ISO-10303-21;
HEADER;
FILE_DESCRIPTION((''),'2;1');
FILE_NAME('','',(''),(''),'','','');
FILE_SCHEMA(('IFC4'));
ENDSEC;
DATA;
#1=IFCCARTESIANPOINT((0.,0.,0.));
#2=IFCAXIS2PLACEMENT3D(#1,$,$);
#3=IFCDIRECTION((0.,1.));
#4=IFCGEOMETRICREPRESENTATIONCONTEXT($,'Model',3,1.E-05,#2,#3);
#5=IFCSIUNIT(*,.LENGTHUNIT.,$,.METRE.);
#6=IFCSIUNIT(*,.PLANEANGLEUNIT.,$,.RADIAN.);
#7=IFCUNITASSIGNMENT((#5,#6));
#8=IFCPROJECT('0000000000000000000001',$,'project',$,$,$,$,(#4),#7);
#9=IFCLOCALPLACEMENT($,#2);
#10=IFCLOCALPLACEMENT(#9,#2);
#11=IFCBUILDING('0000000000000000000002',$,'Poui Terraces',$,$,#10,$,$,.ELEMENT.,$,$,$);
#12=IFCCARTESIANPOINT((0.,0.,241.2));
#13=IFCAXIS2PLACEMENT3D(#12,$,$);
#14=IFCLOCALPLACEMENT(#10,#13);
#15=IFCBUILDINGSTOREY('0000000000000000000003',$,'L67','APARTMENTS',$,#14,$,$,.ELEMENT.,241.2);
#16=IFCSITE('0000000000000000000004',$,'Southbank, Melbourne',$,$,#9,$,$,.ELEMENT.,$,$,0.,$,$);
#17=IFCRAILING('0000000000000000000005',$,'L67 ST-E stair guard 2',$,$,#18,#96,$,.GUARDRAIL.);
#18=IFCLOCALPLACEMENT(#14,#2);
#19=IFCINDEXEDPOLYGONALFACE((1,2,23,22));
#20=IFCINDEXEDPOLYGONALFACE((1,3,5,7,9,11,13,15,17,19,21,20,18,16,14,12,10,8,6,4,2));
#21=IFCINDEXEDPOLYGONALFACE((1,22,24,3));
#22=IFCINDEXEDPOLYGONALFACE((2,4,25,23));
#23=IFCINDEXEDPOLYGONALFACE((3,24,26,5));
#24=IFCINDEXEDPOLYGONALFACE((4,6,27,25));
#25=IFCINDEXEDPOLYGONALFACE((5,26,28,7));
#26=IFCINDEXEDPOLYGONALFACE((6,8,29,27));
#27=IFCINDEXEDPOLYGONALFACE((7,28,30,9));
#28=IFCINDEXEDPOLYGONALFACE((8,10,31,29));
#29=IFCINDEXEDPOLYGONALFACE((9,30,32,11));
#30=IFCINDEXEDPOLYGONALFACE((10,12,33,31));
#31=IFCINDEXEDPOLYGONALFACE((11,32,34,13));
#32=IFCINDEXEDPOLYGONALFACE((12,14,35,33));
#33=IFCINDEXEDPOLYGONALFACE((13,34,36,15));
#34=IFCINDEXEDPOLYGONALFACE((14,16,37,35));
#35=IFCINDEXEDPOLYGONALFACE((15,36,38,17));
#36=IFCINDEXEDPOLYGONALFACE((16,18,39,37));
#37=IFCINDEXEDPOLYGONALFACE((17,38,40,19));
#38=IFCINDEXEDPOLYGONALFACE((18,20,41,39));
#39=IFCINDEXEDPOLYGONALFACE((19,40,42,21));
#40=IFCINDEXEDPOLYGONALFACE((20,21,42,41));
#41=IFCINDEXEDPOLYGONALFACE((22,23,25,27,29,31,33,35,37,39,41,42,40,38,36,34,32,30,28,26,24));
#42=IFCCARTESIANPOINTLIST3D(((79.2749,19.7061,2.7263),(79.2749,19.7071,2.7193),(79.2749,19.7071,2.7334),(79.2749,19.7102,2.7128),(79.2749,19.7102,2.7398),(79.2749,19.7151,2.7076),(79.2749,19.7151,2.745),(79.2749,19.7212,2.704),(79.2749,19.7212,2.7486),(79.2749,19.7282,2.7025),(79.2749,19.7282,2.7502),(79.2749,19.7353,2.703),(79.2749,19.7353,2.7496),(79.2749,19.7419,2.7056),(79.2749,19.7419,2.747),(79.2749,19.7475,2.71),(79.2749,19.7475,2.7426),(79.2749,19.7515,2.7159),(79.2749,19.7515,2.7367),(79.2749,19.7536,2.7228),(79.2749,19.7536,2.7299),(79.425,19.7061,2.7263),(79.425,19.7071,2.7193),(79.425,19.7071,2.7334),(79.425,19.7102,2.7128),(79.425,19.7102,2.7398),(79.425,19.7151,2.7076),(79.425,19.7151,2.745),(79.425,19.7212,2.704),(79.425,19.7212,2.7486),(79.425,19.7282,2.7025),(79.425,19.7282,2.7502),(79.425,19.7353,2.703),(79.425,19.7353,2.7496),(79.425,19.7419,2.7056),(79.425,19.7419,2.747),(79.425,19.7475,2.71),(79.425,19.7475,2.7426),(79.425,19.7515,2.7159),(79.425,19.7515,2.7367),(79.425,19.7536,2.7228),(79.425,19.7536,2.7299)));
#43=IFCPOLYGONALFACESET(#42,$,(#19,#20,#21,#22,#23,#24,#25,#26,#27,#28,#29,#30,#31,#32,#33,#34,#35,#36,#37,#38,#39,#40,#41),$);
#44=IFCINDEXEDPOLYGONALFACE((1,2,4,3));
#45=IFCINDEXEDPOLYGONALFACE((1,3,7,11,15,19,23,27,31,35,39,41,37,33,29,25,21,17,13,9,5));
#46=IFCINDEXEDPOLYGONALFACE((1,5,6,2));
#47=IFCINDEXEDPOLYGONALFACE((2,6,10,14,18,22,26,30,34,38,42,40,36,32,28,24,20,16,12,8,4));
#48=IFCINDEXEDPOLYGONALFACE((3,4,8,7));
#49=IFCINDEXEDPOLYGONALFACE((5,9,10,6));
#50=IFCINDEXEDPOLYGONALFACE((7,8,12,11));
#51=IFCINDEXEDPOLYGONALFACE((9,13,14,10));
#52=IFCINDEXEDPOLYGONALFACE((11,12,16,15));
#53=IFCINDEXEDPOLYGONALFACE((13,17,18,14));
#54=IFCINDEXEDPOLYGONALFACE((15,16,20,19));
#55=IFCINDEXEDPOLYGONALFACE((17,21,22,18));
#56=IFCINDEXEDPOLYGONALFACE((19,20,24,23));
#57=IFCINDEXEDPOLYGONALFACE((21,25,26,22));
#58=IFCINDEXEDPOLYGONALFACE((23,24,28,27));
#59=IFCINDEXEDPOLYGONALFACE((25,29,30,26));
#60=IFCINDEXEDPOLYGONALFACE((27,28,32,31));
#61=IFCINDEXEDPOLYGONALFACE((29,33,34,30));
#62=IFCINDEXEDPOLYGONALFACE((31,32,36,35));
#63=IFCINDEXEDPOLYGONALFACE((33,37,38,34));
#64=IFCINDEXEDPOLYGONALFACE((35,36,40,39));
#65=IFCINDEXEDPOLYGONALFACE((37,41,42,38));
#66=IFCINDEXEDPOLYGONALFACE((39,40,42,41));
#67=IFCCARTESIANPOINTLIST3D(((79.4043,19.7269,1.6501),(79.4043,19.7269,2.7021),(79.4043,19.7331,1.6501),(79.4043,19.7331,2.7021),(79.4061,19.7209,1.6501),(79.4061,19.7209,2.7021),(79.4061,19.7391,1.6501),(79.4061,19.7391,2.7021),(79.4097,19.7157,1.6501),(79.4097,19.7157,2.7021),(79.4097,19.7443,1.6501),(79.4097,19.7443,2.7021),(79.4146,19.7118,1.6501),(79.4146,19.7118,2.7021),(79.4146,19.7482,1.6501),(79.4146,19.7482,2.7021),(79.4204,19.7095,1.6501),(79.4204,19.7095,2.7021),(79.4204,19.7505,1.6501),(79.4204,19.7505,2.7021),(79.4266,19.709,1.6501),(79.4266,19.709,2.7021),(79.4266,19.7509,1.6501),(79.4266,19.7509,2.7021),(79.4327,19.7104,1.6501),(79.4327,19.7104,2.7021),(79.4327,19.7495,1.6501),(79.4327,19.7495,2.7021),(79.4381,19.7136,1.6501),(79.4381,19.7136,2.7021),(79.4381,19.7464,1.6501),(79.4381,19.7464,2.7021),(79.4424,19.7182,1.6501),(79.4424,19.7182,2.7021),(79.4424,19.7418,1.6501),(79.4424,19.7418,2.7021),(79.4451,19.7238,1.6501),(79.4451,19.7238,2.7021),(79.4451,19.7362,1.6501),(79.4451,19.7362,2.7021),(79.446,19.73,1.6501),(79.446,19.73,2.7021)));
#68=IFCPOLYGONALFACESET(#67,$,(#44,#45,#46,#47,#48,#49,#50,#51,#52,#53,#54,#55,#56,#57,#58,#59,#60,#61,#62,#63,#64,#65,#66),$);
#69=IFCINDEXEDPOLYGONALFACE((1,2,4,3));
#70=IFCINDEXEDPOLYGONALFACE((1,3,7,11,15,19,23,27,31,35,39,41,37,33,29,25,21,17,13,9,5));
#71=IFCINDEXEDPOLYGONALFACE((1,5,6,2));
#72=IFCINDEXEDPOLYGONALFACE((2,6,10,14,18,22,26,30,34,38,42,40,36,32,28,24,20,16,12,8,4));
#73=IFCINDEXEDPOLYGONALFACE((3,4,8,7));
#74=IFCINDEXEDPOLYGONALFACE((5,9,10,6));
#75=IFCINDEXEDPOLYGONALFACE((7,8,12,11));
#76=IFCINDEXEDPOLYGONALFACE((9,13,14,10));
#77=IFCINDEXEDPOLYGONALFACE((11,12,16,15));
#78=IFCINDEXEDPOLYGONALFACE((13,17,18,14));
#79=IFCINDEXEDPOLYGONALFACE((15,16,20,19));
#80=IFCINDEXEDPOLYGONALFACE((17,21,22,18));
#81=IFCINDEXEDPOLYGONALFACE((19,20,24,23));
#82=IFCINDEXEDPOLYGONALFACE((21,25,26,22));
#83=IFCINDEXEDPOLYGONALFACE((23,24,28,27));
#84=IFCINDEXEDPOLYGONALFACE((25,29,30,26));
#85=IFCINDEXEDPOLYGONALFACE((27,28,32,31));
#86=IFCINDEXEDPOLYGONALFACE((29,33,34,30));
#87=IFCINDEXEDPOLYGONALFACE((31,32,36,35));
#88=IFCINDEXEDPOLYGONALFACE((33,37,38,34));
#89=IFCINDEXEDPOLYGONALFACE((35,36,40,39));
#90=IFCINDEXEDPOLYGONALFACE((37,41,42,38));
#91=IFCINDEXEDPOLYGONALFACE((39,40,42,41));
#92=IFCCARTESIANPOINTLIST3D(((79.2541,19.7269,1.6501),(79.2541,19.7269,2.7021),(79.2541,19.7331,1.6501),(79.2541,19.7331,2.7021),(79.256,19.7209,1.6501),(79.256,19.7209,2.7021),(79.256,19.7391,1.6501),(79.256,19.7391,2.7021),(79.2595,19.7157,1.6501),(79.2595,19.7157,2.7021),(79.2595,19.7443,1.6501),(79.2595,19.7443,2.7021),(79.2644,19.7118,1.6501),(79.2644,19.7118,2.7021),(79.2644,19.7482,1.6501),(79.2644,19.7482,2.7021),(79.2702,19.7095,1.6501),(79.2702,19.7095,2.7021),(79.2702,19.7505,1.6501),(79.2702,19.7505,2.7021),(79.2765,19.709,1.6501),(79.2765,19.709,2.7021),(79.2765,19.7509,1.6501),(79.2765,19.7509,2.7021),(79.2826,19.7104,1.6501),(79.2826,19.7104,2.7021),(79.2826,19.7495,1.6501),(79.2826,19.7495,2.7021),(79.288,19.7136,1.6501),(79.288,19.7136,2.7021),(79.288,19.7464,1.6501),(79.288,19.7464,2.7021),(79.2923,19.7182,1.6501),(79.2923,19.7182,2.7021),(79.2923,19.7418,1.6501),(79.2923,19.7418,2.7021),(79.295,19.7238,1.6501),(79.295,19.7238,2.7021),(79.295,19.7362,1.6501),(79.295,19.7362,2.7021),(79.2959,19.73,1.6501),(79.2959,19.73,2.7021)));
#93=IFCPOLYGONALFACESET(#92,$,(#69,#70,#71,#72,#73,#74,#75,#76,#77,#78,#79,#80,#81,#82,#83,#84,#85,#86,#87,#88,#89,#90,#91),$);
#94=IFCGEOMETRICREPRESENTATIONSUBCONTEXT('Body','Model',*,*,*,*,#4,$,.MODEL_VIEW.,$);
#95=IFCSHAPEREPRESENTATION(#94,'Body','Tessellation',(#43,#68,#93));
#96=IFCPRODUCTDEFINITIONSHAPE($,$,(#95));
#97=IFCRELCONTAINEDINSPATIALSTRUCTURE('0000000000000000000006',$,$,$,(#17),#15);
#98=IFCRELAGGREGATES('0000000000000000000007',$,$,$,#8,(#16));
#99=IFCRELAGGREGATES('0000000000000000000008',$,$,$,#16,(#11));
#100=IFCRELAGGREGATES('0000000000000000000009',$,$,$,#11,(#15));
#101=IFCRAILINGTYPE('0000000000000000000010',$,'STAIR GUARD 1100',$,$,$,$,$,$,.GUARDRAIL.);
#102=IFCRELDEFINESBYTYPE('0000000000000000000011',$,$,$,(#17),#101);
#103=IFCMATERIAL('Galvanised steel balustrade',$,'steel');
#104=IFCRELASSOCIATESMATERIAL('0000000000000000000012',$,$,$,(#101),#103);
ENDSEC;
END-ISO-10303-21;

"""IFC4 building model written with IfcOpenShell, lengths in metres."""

from ifc_helpers import new_model, si_unit, direction, frame, origin, origin_2d, place, context, subcontext, project, spatial, circle, extrude, material, type_object, element, save


model = new_model("IFC4")

# Units and contexts
model_context = context("Model", 3, precision=1e-05, world=origin(), true_north=direction((0.0, 1.0)))
body_context = subcontext(model_context, "Body", "Model", "MODEL_VIEW")
ifc_project = project(units=[si_unit("LENGTHUNIT", "METRE"), si_unit("PLANEANGLEUNIT", "RADIAN")], contexts=[model_context])

# Site, building, storey
site_placement = place(None, origin())
site = spatial("IfcSite", under=ifc_project, at=site_placement, Name="Southbank, Melbourne", CompositionType="ELEMENT", RefElevation=0.0)
building_placement = place(site_placement, origin())
building = spatial("IfcBuilding", under=site, at=building_placement, Name="Poui Terraces", CompositionType="ELEMENT")
storey_placement = place(building_placement, frame((0.0, 0.0, 241.2)))
storey = spatial("IfcBuildingStorey", under=building, at=storey_placement, Name="L67", Description="APARTMENTS", CompositionType="ELEMENT", Elevation=241.2)

# Railing
ifc_material_1 = material(Name="Galvanised steel balustrade", Category="steel")
railing_type = type_object("IfcRailingType", Name="STAIR GUARD 1100", PredefinedType="GUARDRAIL", material=ifc_material_1)
for number, where, name in (
    (1, (79.425, 19.73, 1.6501), "L67 ST-E stair guard 2"),
):
    element("IfcRailing", number, at=place(storey_placement, frame(where)), inside=storey, type_object=railing_type, Name=name, PredefinedType="GUARDRAIL", context=body_context, shape_type="SweptSolid", body=[
        extrude(circle(Radius=0.0239, at=origin_2d()), frame((0.0, 0.0, 1.0762), z_axis=(-1.0, 0.0, 0.0), x_axis=(0.0, -1.0, 0.0)), (0.0, 0.0, 1.0), 0.1501),
        extrude(circle(Radius=0.021, at=origin_2d()), origin(), (0.0, 0.0, 1.0), 1.052),
        extrude(circle(Radius=0.021, at=origin_2d()), frame((-0.1501, 0.0, 0.0)), (0.0, 0.0, 1.0), 1.052),
    ])

save(model, "model.ifc")
